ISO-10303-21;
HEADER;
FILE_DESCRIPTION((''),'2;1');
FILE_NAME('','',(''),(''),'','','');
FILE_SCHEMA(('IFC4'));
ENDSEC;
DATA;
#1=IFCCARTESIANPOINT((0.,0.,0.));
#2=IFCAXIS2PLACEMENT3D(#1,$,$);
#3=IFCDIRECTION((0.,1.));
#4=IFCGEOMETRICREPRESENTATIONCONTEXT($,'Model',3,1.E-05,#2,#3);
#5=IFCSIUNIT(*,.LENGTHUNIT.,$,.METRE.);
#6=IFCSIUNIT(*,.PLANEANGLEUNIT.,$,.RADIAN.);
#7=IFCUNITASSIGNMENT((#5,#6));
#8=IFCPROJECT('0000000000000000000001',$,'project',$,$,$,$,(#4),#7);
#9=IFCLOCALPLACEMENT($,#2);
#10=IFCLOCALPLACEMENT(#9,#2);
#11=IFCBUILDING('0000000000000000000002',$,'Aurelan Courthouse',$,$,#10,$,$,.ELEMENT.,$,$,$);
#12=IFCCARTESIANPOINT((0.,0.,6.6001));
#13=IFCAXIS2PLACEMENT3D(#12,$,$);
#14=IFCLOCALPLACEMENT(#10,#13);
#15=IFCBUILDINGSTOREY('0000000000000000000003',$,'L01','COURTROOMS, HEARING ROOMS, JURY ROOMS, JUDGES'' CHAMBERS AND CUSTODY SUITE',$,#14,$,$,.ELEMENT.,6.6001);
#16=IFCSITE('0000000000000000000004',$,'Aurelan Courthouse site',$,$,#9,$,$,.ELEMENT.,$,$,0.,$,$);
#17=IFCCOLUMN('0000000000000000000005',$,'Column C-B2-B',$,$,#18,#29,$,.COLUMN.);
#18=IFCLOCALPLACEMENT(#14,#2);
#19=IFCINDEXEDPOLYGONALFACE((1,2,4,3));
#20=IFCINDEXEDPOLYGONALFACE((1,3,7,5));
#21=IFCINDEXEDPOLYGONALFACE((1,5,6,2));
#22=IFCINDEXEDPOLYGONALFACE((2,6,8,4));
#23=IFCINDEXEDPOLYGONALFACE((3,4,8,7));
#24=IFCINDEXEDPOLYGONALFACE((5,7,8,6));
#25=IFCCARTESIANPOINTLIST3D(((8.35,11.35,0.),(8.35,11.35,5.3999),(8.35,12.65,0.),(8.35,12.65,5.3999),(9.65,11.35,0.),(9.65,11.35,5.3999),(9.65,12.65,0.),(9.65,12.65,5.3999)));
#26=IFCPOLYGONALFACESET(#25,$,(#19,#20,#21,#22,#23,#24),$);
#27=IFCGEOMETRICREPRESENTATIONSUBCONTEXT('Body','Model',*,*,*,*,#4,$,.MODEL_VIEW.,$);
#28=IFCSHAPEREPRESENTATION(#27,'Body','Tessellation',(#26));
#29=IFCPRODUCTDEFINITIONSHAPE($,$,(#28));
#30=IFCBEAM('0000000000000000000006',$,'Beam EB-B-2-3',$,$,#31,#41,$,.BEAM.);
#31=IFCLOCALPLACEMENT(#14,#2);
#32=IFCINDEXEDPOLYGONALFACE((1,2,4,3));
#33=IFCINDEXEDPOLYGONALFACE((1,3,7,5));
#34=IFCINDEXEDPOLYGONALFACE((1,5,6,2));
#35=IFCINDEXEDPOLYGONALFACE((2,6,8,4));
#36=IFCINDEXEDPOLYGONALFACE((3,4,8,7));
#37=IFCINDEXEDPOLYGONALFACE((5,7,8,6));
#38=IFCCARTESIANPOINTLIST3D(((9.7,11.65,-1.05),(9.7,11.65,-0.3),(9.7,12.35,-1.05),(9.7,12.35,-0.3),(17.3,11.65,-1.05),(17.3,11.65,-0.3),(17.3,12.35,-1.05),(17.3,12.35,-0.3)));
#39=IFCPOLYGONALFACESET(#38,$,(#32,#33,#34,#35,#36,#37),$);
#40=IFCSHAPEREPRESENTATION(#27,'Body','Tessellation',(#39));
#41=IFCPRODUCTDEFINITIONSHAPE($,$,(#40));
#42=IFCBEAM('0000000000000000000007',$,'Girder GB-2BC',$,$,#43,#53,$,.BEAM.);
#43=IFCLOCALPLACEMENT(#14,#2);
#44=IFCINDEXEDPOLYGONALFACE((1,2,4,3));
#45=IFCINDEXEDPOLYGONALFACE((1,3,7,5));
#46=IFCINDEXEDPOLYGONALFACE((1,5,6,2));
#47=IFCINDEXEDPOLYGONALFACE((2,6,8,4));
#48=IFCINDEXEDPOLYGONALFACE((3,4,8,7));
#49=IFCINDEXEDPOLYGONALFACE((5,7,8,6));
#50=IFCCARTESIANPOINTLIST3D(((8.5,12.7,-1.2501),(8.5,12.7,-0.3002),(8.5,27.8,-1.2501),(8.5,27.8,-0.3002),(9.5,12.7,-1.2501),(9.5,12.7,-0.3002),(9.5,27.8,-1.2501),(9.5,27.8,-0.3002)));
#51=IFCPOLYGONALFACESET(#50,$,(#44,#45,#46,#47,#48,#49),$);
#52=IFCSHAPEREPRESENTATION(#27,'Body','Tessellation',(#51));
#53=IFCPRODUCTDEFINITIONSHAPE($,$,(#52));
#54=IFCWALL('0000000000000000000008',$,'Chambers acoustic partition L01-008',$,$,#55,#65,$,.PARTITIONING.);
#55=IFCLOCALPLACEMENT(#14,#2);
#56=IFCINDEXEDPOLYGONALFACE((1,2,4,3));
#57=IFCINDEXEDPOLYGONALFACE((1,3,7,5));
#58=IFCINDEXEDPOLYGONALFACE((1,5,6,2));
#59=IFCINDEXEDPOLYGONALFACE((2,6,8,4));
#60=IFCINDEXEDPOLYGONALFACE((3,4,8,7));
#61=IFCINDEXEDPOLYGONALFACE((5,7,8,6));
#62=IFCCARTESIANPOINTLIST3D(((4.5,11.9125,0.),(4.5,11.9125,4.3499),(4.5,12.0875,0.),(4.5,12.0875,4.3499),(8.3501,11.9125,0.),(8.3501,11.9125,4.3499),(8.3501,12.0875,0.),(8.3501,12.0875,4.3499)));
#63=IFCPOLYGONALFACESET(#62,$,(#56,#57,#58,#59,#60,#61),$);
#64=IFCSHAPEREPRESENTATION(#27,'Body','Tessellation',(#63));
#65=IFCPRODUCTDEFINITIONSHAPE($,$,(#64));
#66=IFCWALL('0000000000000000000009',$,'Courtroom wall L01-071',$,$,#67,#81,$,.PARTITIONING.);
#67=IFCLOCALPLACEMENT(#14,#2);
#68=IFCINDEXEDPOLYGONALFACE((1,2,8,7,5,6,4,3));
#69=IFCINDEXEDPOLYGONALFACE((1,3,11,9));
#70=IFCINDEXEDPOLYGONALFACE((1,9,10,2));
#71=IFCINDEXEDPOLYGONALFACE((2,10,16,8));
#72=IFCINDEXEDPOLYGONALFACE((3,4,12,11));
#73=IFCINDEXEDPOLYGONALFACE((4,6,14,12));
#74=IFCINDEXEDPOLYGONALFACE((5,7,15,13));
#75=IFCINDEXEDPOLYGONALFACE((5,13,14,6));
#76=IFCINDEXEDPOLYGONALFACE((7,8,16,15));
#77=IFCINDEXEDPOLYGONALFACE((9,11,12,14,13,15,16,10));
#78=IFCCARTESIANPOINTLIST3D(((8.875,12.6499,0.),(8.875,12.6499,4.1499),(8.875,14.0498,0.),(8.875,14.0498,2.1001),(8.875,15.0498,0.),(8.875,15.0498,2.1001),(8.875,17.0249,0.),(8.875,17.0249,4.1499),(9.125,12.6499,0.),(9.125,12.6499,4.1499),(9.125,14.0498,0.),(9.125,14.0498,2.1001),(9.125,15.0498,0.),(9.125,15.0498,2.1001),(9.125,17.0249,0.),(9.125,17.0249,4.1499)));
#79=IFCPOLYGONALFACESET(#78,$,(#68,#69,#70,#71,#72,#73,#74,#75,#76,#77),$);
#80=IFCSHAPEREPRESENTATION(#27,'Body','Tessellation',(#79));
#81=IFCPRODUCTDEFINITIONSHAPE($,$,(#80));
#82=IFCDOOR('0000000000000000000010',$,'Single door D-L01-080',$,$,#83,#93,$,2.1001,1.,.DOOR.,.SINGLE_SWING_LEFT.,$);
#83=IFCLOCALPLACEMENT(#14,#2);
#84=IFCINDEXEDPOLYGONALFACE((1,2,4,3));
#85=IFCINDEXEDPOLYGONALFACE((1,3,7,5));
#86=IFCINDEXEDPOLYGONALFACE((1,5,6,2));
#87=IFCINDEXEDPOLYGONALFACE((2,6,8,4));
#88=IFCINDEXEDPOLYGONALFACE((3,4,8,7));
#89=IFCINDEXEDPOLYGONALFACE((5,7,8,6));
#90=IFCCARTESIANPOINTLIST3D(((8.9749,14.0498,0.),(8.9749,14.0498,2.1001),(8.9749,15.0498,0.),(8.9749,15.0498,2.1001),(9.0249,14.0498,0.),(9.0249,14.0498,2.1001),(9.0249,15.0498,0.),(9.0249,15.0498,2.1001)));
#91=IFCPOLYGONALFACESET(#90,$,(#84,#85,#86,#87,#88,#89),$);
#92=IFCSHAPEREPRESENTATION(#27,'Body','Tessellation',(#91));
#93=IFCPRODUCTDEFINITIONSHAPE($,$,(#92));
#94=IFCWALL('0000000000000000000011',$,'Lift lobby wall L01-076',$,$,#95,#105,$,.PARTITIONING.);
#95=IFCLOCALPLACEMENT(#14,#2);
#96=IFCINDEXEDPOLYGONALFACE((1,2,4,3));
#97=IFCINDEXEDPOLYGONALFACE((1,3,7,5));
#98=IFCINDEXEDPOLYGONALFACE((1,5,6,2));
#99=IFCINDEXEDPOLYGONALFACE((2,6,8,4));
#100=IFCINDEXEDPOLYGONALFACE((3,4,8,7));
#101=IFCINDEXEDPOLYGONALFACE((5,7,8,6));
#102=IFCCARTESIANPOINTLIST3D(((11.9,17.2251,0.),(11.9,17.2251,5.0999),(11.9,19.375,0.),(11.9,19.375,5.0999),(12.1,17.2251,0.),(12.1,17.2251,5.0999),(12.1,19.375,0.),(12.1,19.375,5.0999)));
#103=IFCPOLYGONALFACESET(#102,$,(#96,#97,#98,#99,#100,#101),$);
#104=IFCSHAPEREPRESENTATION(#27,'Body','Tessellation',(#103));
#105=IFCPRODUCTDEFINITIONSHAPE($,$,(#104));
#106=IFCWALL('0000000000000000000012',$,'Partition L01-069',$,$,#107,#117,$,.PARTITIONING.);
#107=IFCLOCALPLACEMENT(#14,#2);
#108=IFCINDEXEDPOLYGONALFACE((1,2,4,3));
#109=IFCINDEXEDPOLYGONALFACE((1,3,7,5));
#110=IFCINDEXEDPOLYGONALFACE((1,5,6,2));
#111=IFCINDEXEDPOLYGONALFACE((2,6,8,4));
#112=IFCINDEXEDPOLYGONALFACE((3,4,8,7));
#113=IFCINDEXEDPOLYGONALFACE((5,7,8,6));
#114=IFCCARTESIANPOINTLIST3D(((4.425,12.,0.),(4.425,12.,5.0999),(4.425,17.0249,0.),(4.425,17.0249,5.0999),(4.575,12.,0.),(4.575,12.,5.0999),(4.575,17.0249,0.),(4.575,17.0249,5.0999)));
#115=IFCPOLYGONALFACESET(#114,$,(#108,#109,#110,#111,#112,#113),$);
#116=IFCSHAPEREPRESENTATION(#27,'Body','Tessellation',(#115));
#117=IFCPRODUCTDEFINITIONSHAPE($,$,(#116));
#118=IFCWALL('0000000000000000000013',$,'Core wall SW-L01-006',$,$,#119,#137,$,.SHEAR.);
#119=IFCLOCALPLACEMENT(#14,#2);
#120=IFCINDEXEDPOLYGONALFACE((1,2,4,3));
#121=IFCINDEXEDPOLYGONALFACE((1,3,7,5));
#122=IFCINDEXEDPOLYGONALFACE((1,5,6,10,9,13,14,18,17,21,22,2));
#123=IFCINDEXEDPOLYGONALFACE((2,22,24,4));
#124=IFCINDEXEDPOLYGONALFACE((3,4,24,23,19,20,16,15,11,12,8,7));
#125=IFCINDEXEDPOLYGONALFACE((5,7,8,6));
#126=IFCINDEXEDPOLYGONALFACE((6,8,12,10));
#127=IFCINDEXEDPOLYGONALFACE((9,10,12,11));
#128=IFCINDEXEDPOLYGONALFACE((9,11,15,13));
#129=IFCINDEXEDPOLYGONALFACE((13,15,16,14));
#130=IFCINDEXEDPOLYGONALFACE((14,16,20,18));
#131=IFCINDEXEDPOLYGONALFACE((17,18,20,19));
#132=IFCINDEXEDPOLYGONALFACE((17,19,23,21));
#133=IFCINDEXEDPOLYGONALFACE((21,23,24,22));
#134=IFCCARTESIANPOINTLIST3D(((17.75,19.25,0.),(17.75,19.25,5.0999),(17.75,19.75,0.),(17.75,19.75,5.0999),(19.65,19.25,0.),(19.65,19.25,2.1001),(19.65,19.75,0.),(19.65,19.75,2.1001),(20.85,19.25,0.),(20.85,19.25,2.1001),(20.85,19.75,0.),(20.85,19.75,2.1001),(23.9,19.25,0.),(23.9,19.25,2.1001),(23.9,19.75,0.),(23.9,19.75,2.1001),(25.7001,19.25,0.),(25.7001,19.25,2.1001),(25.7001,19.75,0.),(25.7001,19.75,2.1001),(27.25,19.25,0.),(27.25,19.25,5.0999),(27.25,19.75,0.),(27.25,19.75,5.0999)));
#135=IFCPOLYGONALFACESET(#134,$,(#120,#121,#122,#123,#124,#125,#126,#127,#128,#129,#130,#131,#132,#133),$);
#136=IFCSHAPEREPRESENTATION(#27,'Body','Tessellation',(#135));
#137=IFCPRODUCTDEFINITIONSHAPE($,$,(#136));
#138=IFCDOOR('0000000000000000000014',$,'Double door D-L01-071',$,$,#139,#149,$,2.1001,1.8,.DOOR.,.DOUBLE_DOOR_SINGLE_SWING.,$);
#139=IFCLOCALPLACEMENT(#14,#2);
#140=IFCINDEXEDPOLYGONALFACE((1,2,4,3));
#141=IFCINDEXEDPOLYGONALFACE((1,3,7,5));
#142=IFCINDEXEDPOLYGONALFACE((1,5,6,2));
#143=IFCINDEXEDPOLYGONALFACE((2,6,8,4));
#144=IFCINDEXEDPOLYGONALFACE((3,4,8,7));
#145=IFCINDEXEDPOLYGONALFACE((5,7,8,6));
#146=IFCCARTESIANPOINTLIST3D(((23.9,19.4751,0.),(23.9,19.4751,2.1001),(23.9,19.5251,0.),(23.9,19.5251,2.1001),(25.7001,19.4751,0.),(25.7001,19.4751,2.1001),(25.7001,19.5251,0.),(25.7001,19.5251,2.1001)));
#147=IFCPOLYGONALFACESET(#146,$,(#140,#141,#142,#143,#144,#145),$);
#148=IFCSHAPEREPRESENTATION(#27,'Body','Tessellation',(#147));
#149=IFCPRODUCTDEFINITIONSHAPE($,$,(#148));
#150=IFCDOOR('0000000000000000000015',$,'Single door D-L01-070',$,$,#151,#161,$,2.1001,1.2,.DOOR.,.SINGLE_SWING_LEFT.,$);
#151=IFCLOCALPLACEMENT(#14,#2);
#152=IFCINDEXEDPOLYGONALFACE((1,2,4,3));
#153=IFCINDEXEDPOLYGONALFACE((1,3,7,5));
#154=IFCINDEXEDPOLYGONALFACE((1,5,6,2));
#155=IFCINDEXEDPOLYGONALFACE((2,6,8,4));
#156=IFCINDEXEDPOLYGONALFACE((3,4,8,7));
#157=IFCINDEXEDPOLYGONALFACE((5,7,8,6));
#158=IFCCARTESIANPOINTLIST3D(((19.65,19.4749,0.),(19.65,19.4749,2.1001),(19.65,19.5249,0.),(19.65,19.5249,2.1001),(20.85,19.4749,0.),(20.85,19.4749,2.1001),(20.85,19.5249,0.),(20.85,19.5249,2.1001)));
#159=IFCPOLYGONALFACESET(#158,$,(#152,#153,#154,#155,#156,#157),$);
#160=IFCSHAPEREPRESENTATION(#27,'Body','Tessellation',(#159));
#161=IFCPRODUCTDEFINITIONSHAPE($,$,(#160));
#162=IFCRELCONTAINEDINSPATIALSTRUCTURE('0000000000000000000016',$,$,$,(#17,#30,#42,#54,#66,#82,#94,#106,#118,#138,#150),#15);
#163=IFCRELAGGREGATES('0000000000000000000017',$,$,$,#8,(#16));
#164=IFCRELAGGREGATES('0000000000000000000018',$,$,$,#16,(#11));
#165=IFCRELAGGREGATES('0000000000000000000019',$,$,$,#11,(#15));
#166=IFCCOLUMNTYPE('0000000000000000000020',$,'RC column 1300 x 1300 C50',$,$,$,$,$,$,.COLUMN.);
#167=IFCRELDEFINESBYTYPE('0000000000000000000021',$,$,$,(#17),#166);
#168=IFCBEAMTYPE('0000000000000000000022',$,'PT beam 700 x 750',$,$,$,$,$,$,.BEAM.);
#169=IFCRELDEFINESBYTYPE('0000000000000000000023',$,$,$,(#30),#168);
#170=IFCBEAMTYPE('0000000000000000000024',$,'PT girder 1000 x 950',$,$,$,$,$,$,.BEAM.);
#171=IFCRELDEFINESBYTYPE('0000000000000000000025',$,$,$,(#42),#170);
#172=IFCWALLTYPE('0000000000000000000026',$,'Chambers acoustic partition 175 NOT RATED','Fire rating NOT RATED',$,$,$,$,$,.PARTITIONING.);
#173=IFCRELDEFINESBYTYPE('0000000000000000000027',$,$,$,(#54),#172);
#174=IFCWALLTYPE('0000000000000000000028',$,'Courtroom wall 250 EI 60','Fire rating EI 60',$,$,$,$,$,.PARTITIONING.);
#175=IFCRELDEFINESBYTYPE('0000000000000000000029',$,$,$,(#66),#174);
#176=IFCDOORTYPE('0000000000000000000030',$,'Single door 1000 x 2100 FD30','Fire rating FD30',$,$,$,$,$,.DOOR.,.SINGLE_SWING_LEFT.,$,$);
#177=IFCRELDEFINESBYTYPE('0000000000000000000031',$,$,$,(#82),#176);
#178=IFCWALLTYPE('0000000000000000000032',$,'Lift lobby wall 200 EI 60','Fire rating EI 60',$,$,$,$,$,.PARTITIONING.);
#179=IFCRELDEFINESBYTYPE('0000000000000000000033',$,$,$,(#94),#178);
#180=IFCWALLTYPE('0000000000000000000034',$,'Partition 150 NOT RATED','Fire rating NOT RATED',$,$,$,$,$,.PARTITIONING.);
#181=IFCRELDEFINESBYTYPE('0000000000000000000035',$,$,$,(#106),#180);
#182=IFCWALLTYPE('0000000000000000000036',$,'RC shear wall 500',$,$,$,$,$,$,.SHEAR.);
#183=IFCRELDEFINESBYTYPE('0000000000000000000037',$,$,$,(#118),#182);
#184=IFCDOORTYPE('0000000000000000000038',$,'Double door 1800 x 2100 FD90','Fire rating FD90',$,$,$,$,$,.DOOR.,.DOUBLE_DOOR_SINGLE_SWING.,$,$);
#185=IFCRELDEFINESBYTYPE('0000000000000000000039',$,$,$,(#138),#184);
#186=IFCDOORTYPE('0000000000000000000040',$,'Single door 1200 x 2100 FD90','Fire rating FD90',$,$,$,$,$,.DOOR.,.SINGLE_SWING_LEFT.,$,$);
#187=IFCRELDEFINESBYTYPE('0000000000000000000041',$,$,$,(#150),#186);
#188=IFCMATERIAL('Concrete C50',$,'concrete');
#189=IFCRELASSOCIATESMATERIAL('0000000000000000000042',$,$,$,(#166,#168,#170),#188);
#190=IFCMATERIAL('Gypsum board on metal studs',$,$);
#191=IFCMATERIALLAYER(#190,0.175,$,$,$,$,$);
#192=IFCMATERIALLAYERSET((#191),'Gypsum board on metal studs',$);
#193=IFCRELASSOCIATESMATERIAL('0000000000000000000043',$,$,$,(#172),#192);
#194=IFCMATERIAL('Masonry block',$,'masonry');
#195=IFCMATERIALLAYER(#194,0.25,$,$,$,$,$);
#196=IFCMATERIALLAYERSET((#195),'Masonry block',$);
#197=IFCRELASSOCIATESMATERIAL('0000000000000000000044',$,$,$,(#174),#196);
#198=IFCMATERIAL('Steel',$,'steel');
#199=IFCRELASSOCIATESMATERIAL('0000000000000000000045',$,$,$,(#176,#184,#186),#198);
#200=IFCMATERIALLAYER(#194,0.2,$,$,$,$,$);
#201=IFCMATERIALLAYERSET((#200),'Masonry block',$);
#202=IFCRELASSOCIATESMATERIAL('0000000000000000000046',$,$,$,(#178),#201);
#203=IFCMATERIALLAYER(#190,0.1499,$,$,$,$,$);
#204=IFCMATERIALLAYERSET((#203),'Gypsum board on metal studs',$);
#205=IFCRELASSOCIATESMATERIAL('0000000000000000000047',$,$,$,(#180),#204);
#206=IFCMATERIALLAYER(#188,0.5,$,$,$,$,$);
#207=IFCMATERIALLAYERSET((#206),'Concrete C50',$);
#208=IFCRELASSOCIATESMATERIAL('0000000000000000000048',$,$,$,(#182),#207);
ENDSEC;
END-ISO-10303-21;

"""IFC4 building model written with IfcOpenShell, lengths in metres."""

from ifc_helpers import new_model, si_unit, direction, frame, frame_2d, origin, origin_2d, place, context, subcontext, project, spatial, rectangle, extrude, material, layer, layer_set, material_profile, profile_set, type_object, element, fill, save


model = new_model("IFC4")

# Units and contexts
model_context = context("Model", 3, precision=1e-05, world=origin(), true_north=direction((0.0, 1.0)))
body_context = subcontext(model_context, "Body", "Model", "MODEL_VIEW")
ifc_project = project(units=[si_unit("LENGTHUNIT", "METRE"), si_unit("PLANEANGLEUNIT", "RADIAN")], contexts=[model_context])

# Site, building, storey
site_placement = place(None, origin())
site = spatial("IfcSite", under=ifc_project, at=site_placement, Name="Aurelan Courthouse site", CompositionType="ELEMENT", RefElevation=0.0)
building_placement = place(site_placement, origin())
building = spatial("IfcBuilding", under=site, at=building_placement, Name="Aurelan Courthouse", CompositionType="ELEMENT")
storey_placement = place(building_placement, frame((0.0, 0.0, 6.6001)))
storey = spatial("IfcBuildingStorey", under=building, at=storey_placement, Name="L01", Description="COURTROOMS, HEARING ROOMS, JURY ROOMS, JUDGES' CHAMBERS AND CUSTODY SUITE", CompositionType="ELEMENT", Elevation=6.6001)

# Column
ifc_material_1 = material(Name="Concrete C50", Category="concrete")
ifc_material_profile_1 = material_profile(ifc_material_1, rectangle(XDim=1.3, YDim=1.3, at=origin_2d()), Name="RC 1300 x 1300")
ifc_profile_set_1 = profile_set([ifc_material_profile_1], Name="Concrete C50")
column_type = type_object("IfcColumnType", Name="RC column 1300 x 1300 C50", PredefinedType="COLUMN", material=ifc_profile_set_1)
column_placement = place(storey_placement, frame((9.0, 12.0, 0.0), z_axis=(0.0, 0.0, 1.0), x_axis=(1.0, 0.0, 0.0)))
element("IfcColumn", 1, at=column_placement, inside=storey, type_object=column_type, Name="Column C-B2-B", PredefinedType="COLUMN", context=body_context, shape_type="SweptSolid", body=[
    extrude(rectangle(XDim=1.3, YDim=1.3, at=origin_2d()), origin(), (0.0, 0.0, 1.0), 5.3999),
])

# Beams
ifc_material_profile_2 = material_profile(ifc_material_1, rectangle(XDim=0.7, YDim=0.75, at=origin_2d()), Name="RC 700 x 750")
ifc_profile_set_2 = profile_set([ifc_material_profile_2], Name="Concrete C50")
beam_type_1 = type_object("IfcBeamType", Name="PT beam 700 x 750", PredefinedType="BEAM", material=ifc_profile_set_2)
beam_1_placement = place(storey_placement, frame((9.7, 12.0, -0.675), z_axis=(1.0, 0.0, 0.0), x_axis=(0.0, 1.0, 0.0)))
element("IfcBeam", 2, at=beam_1_placement, inside=storey, type_object=beam_type_1, Name="Beam EB-B-2-3", PredefinedType="BEAM", context=body_context, shape_type="SweptSolid", body=[
    extrude(rectangle(XDim=0.7, YDim=0.75, at=origin_2d()), origin(), (0.0, 0.0, 1.0), 7.6001),
])
ifc_material_profile_3 = material_profile(ifc_material_1, rectangle(XDim=1.0, YDim=0.95, at=origin_2d()), Name="RC 1000 x 950")
ifc_profile_set_3 = profile_set([ifc_material_profile_3], Name="Concrete C50")
beam_type_2 = type_object("IfcBeamType", Name="PT girder 1000 x 950", PredefinedType="BEAM", material=ifc_profile_set_3)
beam_2_placement = place(storey_placement, frame((9.0, 12.7, -0.7751), z_axis=(0.0, 1.0, 0.0), x_axis=(-1.0, 0.0, 0.0)))
element("IfcBeam", 3, at=beam_2_placement, inside=storey, type_object=beam_type_2, Name="Girder GB-2BC", PredefinedType="BEAM", context=body_context, shape_type="SweptSolid", body=[
    extrude(rectangle(XDim=1.0, YDim=0.95, at=origin_2d()), origin(), (0.0, 0.0, 1.0), 15.1001),
])

# Wall
ifc_material_2 = material(Name="Gypsum board on metal studs")
ifc_layer_1 = layer(ifc_material_2, 0.175)
ifc_layer_set_1 = layer_set([ifc_layer_1], Name="Gypsum board on metal studs")
wall_type_1 = type_object("IfcWallType", Name="Chambers acoustic partition 175 NOT RATED", Description="Fire rating NOT RATED", PredefinedType="PARTITIONING", material=ifc_layer_set_1)
wall_1_placement = place(storey_placement, frame((4.5, 12.0, 0.0), z_axis=(0.0, 0.0, 1.0), x_axis=(1.0, 0.0, 0.0)))
element("IfcWall", 4, at=wall_1_placement, inside=storey, type_object=wall_type_1, Name="Chambers acoustic partition L01-008", PredefinedType="PARTITIONING", context=body_context, shape_type="SweptSolid", body=[
    extrude(rectangle(XDim=3.8501, YDim=0.175, at=frame_2d((1.925, 0.0))), origin(), (0.0, 0.0, 1.0), 4.3499),
])

# Shared definitions
ifc_material_3 = material(Name="Masonry block", Category="masonry")
ifc_layer_2 = layer(ifc_material_3, 0.25)
ifc_layer_set_2 = layer_set([ifc_layer_2], Name="Masonry block")
wall_type_2 = type_object("IfcWallType", Name="Courtroom wall 250 EI 60", Description="Fire rating EI 60", PredefinedType="PARTITIONING", material=ifc_layer_set_2)
ifc_material_4 = material(Name="Steel", Category="steel")
door_type_1 = type_object("IfcDoorType", Name="Single door 1000 x 2100 FD30", Description="Fire rating FD30", OperationType="SINGLE_SWING_LEFT", PredefinedType="DOOR", material=ifc_material_4)

# Wall, opening, door
wall_2_placement = place(storey_placement, frame((9.0, 12.6499, 0.0), z_axis=(0.0, 0.0, 1.0), x_axis=(0.0, 1.0, 0.0)))
wall_2 = element("IfcWall", 5, at=wall_2_placement, inside=storey, type_object=wall_type_2, Name="Courtroom wall L01-071", PredefinedType="PARTITIONING", context=body_context, shape_type="SweptSolid", body=[
    extrude(rectangle(XDim=4.375, YDim=0.25, at=frame_2d((2.1875, 0.0))), origin(), (0.0, 0.0, 1.0), 4.1499),
])
opening_1_placement = place(wall_2_placement, frame((2.3999, 0.0, 0.0), z_axis=(0.0, 0.0, 1.0), x_axis=(-1.0, 0.0, 0.0)))
opening_1 = element("IfcOpeningElement", 6, at=opening_1_placement, cuts=wall_2, PredefinedType="OPENING", context=body_context, shape_type="SweptSolid", body=[
    extrude(rectangle(XDim=1.0, YDim=2.1001, at=frame_2d((0.5, 1.05))), frame((0.0, 0.135, 0.0), z_axis=(0.0, -1.0, 0.0), x_axis=(1.0, 0.0, 0.0)), (0.0, 0.0, 1.0), 0.27),
])
door_1_placement = place(opening_1_placement, origin())
door_1 = element("IfcDoor", 7, at=door_1_placement, inside=storey, type_object=door_type_1, Name="Single door D-L01-080", OperationType="SINGLE_SWING_LEFT", OverallHeight=2.1001, OverallWidth=1.0, PredefinedType="DOOR", context=body_context, shape_type="SweptSolid", body=[
    extrude(rectangle(XDim=1.0, YDim=2.1001, at=frame_2d((0.5, 1.05))), frame((0.0, 0.0249, 0.0), z_axis=(0.0, -1.0, 0.0), x_axis=(1.0, 0.0, 0.0)), (0.0, 0.0, 1.0), 0.05),
])
fill(opening_1, door_1)

# Walls
ifc_layer_3 = layer(ifc_material_3, 0.2)
ifc_layer_set_3 = layer_set([ifc_layer_3], Name="Masonry block")
wall_type_3 = type_object("IfcWallType", Name="Lift lobby wall 200 EI 60", Description="Fire rating EI 60", PredefinedType="PARTITIONING", material=ifc_layer_set_3)
wall_3_placement = place(storey_placement, frame((12.0, 17.2251, 0.0), z_axis=(0.0, 0.0, 1.0), x_axis=(0.0, 1.0, 0.0)))
element("IfcWall", 8, at=wall_3_placement, inside=storey, type_object=wall_type_3, Name="Lift lobby wall L01-076", PredefinedType="PARTITIONING", context=body_context, shape_type="SweptSolid", body=[
    extrude(rectangle(XDim=2.1499, YDim=0.2, at=frame_2d((1.075, 0.0))), origin(), (0.0, 0.0, 1.0), 5.0999),
])
ifc_layer_4 = layer(ifc_material_2, 0.1499)
ifc_layer_set_4 = layer_set([ifc_layer_4], Name="Gypsum board on metal studs")
wall_type_4 = type_object("IfcWallType", Name="Partition 150 NOT RATED", Description="Fire rating NOT RATED", PredefinedType="PARTITIONING", material=ifc_layer_set_4)
wall_4_placement = place(storey_placement, frame((4.5, 12.0, 0.0), z_axis=(0.0, 0.0, 1.0), x_axis=(0.0, 1.0, 0.0)))
element("IfcWall", 9, at=wall_4_placement, inside=storey, type_object=wall_type_4, Name="Partition L01-069", PredefinedType="PARTITIONING", context=body_context, shape_type="SweptSolid", body=[
    extrude(rectangle(XDim=5.0249, YDim=0.1499, at=frame_2d((2.5125, 0.0))), origin(), (0.0, 0.0, 1.0), 5.0999),
])

# Wall, openings, doors
ifc_layer_5 = layer(ifc_material_1, 0.5)
ifc_layer_set_5 = layer_set([ifc_layer_5], Name="Concrete C50")
wall_type_5 = type_object("IfcWallType", Name="RC shear wall 500", PredefinedType="SHEAR", material=ifc_layer_set_5)
wall_5_placement = place(storey_placement, frame((17.75, 19.5, 0.0), z_axis=(0.0, 0.0, 1.0), x_axis=(1.0, 0.0, 0.0)))
wall_5 = element("IfcWall", 10, at=wall_5_placement, inside=storey, type_object=wall_type_5, Name="Core wall SW-L01-006", PredefinedType="SHEAR", context=body_context, shape_type="SweptSolid", body=[
    extrude(rectangle(XDim=9.5, YDim=0.5, at=frame_2d((4.75, 0.0))), origin(), (0.0, 0.0, 1.0), 5.0999),
])
opening_2_placement = place(wall_5_placement, frame((1.8999, 0.0, 0.0)))
opening_2 = element("IfcOpeningElement", 11, at=opening_2_placement, cuts=wall_5, PredefinedType="OPENING", context=body_context, shape_type="SweptSolid", body=[
    extrude(rectangle(XDim=1.2, YDim=2.1001, at=frame_2d((0.6001, 1.05))), frame((0.0, 0.26, 0.0), z_axis=(0.0, -1.0, 0.0), x_axis=(1.0, 0.0, 0.0)), (0.0, 0.0, 1.0), 0.52),
])
opening_3_placement = place(wall_5_placement, frame((7.95, 0.0, 0.0), z_axis=(0.0, 0.0, 1.0), x_axis=(-1.0, 0.0, 0.0)))
opening_3 = element("IfcOpeningElement", 12, at=opening_3_placement, cuts=wall_5, PredefinedType="OPENING", context=body_context, shape_type="SweptSolid", body=[
    extrude(rectangle(XDim=1.8, YDim=2.1001, at=frame_2d((0.8999, 1.05))), frame((0.0, 0.26, 0.0), z_axis=(0.0, -1.0, 0.0), x_axis=(1.0, 0.0, 0.0)), (0.0, 0.0, 1.0), 0.52),
])
door_type_2 = type_object("IfcDoorType", Name="Double door 1800 x 2100 FD90", Description="Fire rating FD90", OperationType="DOUBLE_DOOR_SINGLE_SWING", PredefinedType="DOOR", material=ifc_material_4)
door_2_placement = place(opening_3_placement, origin())
door_2 = element("IfcDoor", 13, at=door_2_placement, inside=storey, type_object=door_type_2, Name="Double door D-L01-071", OperationType="DOUBLE_DOOR_SINGLE_SWING", OverallHeight=2.1001, OverallWidth=1.8, PredefinedType="DOOR", context=body_context, shape_type="SweptSolid", body=[
    extrude(rectangle(XDim=1.8, YDim=2.1001, at=frame_2d((0.8999, 1.05))), frame((0.0, 0.0249, 0.0), z_axis=(0.0, -1.0, 0.0), x_axis=(1.0, 0.0, 0.0)), (0.0, 0.0, 1.0), 0.05),
])
fill(opening_3, door_2)
door_type_3 = type_object("IfcDoorType", Name="Single door 1200 x 2100 FD90", Description="Fire rating FD90", OperationType="SINGLE_SWING_LEFT", PredefinedType="DOOR", material=ifc_material_4)
door_3_placement = place(opening_2_placement, origin())
door_3 = element("IfcDoor", 14, at=door_3_placement, inside=storey, type_object=door_type_3, Name="Single door D-L01-070", OperationType="SINGLE_SWING_LEFT", OverallHeight=2.1001, OverallWidth=1.2, PredefinedType="DOOR", context=body_context, shape_type="SweptSolid", body=[
    extrude(rectangle(XDim=1.2, YDim=2.1001, at=frame_2d((0.6001, 1.05))), frame((0.0, 0.0249, 0.0), z_axis=(0.0, -1.0, 0.0), x_axis=(1.0, 0.0, 0.0)), (0.0, 0.0, 1.0), 0.05),
])
fill(opening_2, door_3)

save(model, "model.ifc")
